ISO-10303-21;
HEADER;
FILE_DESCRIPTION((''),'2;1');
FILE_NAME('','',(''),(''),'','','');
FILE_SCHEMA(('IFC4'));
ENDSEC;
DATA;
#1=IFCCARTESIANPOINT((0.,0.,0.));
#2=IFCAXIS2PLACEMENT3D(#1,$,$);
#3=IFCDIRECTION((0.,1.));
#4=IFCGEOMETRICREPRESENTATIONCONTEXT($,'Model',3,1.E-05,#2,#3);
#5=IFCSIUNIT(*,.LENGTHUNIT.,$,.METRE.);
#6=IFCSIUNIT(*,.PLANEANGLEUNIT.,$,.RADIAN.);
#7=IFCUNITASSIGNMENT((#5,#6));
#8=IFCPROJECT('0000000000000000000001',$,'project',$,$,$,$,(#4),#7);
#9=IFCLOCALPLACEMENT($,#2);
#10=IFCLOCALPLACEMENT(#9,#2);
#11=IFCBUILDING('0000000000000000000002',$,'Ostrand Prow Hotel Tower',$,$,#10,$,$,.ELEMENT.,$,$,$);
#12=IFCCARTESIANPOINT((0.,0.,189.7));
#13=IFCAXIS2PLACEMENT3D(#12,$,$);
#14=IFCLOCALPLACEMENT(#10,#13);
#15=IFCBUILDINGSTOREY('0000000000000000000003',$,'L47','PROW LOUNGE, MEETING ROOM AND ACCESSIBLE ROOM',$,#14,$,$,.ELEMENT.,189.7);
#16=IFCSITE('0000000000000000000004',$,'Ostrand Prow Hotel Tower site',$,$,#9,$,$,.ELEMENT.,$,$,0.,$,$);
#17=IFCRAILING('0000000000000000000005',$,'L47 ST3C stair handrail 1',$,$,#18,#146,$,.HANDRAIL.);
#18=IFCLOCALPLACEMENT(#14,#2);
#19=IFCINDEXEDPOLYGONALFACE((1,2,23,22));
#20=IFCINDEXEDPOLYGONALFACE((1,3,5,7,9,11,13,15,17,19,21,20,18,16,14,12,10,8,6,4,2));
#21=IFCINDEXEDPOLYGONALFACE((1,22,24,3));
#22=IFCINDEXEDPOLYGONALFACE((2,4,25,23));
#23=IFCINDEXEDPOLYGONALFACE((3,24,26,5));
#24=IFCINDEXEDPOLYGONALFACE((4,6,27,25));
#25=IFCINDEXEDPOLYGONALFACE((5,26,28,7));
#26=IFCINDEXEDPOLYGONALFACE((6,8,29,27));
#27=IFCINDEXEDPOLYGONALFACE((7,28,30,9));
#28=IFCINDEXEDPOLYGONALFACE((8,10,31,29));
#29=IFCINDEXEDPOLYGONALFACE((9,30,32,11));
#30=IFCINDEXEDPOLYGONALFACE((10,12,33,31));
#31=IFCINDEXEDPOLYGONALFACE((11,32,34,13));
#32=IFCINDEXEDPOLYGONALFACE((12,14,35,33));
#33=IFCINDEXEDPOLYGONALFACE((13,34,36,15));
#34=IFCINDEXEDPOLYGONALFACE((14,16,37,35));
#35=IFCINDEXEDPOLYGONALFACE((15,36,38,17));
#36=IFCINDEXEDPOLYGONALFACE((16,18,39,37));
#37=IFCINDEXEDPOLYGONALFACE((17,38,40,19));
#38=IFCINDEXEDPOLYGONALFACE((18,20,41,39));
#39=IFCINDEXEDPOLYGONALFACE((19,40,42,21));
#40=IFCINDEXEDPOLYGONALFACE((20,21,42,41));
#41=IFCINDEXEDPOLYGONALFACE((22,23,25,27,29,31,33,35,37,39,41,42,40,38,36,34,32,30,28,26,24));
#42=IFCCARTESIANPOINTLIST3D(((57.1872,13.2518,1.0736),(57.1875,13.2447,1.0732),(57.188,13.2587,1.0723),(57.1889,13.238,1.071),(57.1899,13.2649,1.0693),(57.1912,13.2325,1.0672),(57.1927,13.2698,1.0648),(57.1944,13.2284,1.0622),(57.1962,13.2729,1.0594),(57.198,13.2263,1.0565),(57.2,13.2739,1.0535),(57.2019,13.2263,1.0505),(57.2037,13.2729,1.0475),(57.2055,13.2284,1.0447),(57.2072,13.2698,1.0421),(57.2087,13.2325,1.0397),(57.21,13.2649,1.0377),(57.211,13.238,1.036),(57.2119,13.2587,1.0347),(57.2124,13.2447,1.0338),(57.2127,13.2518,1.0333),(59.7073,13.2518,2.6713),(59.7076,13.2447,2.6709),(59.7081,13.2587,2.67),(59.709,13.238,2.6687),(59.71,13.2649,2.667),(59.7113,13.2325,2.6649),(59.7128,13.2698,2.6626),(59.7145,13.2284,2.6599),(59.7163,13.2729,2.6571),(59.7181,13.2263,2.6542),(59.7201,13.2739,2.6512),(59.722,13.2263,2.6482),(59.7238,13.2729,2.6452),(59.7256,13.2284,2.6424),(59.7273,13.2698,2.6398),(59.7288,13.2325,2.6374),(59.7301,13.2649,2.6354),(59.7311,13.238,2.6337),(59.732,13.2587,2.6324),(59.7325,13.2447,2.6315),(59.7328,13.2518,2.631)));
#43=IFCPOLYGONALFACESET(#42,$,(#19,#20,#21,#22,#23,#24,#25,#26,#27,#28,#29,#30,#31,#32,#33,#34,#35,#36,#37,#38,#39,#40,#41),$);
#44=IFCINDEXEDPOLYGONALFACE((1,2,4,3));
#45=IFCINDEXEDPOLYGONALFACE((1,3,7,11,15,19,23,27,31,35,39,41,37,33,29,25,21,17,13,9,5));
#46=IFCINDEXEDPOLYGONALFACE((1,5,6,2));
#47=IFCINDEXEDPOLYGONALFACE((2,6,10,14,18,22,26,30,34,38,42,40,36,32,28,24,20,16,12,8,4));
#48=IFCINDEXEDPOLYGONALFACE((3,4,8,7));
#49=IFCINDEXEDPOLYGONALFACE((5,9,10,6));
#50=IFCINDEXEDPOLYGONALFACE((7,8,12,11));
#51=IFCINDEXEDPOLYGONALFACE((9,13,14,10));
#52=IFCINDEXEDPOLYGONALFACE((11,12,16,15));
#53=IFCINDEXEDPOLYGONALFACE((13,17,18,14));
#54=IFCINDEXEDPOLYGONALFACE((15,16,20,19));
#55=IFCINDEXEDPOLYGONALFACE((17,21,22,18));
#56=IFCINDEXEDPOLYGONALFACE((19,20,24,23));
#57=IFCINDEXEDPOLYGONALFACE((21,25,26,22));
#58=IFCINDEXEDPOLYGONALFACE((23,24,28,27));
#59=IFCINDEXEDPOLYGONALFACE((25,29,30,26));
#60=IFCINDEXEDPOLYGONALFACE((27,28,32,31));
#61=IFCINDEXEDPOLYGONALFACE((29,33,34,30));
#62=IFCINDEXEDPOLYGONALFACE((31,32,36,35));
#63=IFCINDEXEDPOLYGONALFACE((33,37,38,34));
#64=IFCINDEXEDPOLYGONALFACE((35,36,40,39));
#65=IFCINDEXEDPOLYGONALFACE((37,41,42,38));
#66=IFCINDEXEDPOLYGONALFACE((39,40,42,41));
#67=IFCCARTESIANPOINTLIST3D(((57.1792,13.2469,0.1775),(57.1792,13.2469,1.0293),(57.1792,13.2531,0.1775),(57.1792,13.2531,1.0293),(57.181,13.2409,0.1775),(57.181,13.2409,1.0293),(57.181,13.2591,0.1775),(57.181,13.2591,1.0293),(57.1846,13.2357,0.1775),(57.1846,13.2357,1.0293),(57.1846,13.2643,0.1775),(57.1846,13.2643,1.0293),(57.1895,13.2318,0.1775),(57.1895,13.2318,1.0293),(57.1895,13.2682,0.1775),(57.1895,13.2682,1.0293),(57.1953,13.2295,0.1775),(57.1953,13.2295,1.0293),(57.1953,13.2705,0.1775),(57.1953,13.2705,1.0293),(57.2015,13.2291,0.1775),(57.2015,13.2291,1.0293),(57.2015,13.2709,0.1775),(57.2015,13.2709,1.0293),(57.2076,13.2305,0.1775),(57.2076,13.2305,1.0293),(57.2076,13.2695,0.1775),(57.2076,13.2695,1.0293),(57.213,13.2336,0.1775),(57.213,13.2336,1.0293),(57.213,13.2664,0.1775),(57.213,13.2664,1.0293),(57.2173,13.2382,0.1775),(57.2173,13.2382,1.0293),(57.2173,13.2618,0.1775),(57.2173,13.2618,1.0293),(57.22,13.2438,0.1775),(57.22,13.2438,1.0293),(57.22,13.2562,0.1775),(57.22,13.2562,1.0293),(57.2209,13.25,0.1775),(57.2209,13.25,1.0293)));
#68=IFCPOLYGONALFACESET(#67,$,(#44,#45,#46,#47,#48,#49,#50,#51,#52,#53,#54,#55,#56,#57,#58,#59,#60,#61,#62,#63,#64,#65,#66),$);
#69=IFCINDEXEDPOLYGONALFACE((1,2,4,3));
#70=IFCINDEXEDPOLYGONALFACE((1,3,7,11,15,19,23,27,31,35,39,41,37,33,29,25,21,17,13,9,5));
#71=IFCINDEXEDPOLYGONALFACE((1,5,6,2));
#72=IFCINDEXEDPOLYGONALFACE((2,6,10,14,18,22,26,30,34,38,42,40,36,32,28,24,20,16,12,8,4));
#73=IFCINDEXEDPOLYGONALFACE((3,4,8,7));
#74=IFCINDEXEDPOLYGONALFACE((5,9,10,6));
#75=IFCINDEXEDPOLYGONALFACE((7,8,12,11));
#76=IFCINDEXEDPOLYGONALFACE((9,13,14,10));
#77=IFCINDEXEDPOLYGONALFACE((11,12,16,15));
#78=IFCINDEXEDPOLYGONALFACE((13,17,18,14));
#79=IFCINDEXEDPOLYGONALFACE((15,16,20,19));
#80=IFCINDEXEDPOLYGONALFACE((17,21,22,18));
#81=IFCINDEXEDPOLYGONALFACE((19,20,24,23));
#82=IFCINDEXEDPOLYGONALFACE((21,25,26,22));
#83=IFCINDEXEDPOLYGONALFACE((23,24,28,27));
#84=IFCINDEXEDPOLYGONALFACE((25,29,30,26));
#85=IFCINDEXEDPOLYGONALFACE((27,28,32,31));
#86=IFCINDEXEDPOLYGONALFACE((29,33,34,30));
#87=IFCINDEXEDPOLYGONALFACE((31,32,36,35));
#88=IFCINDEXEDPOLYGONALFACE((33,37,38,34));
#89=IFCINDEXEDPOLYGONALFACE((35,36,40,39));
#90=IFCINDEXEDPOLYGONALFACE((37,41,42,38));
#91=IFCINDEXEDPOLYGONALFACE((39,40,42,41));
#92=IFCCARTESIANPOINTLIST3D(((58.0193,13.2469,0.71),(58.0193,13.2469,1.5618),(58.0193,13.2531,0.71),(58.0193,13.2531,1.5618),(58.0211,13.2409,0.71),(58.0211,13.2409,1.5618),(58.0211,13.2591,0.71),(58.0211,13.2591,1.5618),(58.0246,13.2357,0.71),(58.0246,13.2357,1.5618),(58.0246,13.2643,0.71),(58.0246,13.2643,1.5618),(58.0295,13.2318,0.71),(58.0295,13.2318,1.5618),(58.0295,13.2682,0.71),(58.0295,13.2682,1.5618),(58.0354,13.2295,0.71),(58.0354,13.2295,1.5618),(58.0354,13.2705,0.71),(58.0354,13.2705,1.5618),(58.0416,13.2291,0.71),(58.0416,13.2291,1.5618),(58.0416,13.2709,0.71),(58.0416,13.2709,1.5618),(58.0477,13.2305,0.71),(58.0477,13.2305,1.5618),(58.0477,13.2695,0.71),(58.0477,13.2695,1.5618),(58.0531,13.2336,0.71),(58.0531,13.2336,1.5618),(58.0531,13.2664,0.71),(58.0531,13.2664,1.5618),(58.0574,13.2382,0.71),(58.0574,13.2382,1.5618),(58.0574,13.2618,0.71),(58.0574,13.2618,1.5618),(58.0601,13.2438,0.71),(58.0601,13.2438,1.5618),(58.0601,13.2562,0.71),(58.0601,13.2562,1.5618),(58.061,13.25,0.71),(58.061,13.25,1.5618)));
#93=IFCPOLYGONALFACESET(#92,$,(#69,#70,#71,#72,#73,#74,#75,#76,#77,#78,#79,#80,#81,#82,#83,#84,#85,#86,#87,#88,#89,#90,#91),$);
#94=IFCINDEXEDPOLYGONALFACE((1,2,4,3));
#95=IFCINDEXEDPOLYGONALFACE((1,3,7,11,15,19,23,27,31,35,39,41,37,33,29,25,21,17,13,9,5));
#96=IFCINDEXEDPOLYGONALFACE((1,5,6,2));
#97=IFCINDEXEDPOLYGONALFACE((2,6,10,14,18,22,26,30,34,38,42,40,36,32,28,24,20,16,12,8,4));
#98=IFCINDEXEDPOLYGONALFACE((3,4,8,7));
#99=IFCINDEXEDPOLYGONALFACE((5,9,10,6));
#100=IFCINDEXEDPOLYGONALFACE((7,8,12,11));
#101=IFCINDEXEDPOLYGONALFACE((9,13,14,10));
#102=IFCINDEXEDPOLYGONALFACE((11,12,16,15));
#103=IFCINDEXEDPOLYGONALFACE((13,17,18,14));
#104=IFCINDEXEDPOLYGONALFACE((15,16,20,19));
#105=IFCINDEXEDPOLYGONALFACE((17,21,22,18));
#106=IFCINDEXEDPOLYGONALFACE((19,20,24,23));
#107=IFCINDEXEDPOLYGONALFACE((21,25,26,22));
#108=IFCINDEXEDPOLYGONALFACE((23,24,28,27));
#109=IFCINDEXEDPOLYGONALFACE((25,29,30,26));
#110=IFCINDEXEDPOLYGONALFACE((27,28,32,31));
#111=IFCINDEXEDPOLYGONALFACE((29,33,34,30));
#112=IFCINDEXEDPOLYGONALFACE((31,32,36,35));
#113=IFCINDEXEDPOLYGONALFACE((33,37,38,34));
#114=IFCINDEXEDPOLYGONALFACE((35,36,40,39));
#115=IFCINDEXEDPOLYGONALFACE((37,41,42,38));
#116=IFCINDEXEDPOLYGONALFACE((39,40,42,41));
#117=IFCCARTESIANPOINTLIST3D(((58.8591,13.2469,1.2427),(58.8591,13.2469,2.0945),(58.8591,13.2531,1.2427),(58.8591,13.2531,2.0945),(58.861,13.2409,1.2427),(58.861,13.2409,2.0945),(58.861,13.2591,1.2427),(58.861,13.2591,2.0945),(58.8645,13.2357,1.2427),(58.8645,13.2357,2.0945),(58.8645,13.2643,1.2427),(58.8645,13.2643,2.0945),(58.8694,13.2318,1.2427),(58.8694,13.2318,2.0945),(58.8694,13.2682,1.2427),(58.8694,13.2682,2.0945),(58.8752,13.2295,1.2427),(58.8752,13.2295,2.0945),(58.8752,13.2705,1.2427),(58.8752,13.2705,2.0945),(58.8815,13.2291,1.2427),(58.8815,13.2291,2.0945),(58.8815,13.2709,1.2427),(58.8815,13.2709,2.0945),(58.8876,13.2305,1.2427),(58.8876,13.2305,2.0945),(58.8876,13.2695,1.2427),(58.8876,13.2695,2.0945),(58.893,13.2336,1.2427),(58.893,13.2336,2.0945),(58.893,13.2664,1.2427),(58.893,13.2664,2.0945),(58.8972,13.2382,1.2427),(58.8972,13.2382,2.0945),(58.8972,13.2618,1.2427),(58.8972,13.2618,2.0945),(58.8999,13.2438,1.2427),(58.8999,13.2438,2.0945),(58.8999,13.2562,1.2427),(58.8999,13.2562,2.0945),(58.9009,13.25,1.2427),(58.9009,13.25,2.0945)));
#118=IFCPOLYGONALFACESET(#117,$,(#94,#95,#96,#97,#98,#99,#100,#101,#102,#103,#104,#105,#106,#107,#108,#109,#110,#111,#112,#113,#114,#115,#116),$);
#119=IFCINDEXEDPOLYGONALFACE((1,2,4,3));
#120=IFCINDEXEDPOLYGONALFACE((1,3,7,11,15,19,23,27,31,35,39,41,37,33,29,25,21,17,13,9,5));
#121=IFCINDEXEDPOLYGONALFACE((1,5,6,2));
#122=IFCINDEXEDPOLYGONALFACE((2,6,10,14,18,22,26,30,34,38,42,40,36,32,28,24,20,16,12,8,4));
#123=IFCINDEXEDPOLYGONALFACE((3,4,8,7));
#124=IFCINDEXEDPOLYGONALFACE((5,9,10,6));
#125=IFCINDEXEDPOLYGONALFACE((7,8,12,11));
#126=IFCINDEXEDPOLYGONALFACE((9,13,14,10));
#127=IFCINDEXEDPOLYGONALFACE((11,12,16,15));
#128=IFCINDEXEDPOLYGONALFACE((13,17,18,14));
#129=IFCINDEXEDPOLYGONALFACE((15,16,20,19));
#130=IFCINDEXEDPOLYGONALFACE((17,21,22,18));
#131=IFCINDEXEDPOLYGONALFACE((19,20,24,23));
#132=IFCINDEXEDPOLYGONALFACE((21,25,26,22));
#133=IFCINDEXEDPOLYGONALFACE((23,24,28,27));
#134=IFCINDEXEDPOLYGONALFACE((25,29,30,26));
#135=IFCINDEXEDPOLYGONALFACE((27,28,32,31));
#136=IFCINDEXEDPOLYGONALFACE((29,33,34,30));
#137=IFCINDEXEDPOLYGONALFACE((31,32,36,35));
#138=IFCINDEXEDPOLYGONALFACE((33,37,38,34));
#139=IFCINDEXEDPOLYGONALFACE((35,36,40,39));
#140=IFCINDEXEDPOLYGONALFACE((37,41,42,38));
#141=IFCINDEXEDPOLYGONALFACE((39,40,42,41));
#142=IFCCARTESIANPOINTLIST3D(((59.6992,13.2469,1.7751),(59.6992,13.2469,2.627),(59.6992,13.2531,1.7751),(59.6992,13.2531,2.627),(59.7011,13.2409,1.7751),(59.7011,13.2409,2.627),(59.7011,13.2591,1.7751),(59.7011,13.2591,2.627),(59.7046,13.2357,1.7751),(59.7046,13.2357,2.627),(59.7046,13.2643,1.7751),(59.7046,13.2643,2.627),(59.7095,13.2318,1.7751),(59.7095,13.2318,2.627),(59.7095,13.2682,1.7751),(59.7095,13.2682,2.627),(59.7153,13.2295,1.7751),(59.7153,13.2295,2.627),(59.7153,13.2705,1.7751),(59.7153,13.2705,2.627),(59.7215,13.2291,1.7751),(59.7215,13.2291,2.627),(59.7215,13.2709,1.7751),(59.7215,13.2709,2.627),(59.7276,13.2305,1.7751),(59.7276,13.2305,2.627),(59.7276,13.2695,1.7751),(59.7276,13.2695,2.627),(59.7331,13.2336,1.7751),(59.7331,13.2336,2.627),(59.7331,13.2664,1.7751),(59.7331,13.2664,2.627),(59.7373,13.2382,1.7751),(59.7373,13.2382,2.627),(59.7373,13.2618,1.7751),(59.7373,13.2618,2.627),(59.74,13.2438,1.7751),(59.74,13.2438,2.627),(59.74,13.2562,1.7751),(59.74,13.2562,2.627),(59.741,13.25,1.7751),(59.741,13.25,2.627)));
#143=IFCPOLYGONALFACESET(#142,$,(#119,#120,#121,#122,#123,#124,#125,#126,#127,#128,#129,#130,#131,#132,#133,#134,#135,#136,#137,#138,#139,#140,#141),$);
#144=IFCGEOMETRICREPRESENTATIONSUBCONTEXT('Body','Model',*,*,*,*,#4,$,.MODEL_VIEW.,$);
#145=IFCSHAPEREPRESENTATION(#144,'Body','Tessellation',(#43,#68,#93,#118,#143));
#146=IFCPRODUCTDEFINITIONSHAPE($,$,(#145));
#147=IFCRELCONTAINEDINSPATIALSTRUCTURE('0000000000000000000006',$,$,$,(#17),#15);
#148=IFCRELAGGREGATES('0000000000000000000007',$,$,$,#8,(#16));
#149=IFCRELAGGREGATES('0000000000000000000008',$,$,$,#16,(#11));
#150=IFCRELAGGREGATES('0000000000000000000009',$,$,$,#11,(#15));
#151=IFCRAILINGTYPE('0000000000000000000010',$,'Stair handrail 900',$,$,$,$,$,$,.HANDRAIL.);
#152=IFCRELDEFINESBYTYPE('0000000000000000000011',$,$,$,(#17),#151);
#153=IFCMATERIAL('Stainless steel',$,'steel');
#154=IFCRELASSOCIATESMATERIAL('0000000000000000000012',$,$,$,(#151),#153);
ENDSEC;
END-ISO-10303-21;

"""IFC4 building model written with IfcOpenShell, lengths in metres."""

from ifc_helpers import new_model, si_unit, direction, frame, origin, origin_2d, place, context, subcontext, project, spatial, circle, extrude, material, type_object, element, save


model = new_model("IFC4")

# Units and contexts
model_context = context("Model", 3, precision=1e-05, world=origin(), true_north=direction((0.0, 1.0)))
body_context = subcontext(model_context, "Body", "Model", "MODEL_VIEW")
ifc_project = project(units=[si_unit("LENGTHUNIT", "METRE"), si_unit("PLANEANGLEUNIT", "RADIAN")], contexts=[model_context])

# Site, building, storey
site_placement = place(None, origin())
site = spatial("IfcSite", under=ifc_project, at=site_placement, Name="Ostrand Prow Hotel Tower site", CompositionType="ELEMENT", RefElevation=0.0)
building_placement = place(site_placement, origin())
building = spatial("IfcBuilding", under=site, at=building_placement, Name="Ostrand Prow Hotel Tower", CompositionType="ELEMENT")
storey_placement = place(building_placement, frame((0.0, 0.0, 189.7)))
storey = spatial("IfcBuildingStorey", under=building, at=storey_placement, Name="L47", Description="PROW LOUNGE, MEETING ROOM AND ACCESSIBLE ROOM", CompositionType="ELEMENT", Elevation=189.7)

# Railing
ifc_material_1 = material(Name="Stainless steel", Category="steel")
railing_type_1 = type_object("IfcRailingType", Name="Stair handrail 900", PredefinedType="HANDRAIL", material=ifc_material_1)
railing_1_placement = place(storey_placement, frame((57.2, 13.25, 0.1775)))
element("IfcRailing", 1, at=railing_1_placement, inside=storey, type_object=railing_type_1, Name="L47 ST3C stair handrail 1", PredefinedType="HANDRAIL", context=body_context, shape_type="SweptSolid", body=[
    extrude(circle(Radius=0.0239, at=origin_2d()), frame((0.0, 0.0, 0.876), z_axis=(0.84457, 0.0, 0.535445), x_axis=(0.0, 1.0, 0.0)), (0.0, 0.0, 1.0), 2.9839),
    extrude(circle(Radius=0.021, at=origin_2d()), origin(), (0.0, 0.0, 1.0), 0.8518),
    extrude(circle(Radius=0.021, at=origin_2d()), frame((0.8401, 0.0, 0.5325)), (0.0, 0.0, 1.0), 0.8518),
    extrude(circle(Radius=0.021, at=origin_2d()), frame((1.6799, 0.0, 1.0652)), (0.0, 0.0, 1.0), 0.8518),
    extrude(circle(Radius=0.021, at=origin_2d()), frame((2.52, 0.0, 1.5977)), (0.0, 0.0, 1.0), 0.8518),
])

save(model, "model.ifc")
